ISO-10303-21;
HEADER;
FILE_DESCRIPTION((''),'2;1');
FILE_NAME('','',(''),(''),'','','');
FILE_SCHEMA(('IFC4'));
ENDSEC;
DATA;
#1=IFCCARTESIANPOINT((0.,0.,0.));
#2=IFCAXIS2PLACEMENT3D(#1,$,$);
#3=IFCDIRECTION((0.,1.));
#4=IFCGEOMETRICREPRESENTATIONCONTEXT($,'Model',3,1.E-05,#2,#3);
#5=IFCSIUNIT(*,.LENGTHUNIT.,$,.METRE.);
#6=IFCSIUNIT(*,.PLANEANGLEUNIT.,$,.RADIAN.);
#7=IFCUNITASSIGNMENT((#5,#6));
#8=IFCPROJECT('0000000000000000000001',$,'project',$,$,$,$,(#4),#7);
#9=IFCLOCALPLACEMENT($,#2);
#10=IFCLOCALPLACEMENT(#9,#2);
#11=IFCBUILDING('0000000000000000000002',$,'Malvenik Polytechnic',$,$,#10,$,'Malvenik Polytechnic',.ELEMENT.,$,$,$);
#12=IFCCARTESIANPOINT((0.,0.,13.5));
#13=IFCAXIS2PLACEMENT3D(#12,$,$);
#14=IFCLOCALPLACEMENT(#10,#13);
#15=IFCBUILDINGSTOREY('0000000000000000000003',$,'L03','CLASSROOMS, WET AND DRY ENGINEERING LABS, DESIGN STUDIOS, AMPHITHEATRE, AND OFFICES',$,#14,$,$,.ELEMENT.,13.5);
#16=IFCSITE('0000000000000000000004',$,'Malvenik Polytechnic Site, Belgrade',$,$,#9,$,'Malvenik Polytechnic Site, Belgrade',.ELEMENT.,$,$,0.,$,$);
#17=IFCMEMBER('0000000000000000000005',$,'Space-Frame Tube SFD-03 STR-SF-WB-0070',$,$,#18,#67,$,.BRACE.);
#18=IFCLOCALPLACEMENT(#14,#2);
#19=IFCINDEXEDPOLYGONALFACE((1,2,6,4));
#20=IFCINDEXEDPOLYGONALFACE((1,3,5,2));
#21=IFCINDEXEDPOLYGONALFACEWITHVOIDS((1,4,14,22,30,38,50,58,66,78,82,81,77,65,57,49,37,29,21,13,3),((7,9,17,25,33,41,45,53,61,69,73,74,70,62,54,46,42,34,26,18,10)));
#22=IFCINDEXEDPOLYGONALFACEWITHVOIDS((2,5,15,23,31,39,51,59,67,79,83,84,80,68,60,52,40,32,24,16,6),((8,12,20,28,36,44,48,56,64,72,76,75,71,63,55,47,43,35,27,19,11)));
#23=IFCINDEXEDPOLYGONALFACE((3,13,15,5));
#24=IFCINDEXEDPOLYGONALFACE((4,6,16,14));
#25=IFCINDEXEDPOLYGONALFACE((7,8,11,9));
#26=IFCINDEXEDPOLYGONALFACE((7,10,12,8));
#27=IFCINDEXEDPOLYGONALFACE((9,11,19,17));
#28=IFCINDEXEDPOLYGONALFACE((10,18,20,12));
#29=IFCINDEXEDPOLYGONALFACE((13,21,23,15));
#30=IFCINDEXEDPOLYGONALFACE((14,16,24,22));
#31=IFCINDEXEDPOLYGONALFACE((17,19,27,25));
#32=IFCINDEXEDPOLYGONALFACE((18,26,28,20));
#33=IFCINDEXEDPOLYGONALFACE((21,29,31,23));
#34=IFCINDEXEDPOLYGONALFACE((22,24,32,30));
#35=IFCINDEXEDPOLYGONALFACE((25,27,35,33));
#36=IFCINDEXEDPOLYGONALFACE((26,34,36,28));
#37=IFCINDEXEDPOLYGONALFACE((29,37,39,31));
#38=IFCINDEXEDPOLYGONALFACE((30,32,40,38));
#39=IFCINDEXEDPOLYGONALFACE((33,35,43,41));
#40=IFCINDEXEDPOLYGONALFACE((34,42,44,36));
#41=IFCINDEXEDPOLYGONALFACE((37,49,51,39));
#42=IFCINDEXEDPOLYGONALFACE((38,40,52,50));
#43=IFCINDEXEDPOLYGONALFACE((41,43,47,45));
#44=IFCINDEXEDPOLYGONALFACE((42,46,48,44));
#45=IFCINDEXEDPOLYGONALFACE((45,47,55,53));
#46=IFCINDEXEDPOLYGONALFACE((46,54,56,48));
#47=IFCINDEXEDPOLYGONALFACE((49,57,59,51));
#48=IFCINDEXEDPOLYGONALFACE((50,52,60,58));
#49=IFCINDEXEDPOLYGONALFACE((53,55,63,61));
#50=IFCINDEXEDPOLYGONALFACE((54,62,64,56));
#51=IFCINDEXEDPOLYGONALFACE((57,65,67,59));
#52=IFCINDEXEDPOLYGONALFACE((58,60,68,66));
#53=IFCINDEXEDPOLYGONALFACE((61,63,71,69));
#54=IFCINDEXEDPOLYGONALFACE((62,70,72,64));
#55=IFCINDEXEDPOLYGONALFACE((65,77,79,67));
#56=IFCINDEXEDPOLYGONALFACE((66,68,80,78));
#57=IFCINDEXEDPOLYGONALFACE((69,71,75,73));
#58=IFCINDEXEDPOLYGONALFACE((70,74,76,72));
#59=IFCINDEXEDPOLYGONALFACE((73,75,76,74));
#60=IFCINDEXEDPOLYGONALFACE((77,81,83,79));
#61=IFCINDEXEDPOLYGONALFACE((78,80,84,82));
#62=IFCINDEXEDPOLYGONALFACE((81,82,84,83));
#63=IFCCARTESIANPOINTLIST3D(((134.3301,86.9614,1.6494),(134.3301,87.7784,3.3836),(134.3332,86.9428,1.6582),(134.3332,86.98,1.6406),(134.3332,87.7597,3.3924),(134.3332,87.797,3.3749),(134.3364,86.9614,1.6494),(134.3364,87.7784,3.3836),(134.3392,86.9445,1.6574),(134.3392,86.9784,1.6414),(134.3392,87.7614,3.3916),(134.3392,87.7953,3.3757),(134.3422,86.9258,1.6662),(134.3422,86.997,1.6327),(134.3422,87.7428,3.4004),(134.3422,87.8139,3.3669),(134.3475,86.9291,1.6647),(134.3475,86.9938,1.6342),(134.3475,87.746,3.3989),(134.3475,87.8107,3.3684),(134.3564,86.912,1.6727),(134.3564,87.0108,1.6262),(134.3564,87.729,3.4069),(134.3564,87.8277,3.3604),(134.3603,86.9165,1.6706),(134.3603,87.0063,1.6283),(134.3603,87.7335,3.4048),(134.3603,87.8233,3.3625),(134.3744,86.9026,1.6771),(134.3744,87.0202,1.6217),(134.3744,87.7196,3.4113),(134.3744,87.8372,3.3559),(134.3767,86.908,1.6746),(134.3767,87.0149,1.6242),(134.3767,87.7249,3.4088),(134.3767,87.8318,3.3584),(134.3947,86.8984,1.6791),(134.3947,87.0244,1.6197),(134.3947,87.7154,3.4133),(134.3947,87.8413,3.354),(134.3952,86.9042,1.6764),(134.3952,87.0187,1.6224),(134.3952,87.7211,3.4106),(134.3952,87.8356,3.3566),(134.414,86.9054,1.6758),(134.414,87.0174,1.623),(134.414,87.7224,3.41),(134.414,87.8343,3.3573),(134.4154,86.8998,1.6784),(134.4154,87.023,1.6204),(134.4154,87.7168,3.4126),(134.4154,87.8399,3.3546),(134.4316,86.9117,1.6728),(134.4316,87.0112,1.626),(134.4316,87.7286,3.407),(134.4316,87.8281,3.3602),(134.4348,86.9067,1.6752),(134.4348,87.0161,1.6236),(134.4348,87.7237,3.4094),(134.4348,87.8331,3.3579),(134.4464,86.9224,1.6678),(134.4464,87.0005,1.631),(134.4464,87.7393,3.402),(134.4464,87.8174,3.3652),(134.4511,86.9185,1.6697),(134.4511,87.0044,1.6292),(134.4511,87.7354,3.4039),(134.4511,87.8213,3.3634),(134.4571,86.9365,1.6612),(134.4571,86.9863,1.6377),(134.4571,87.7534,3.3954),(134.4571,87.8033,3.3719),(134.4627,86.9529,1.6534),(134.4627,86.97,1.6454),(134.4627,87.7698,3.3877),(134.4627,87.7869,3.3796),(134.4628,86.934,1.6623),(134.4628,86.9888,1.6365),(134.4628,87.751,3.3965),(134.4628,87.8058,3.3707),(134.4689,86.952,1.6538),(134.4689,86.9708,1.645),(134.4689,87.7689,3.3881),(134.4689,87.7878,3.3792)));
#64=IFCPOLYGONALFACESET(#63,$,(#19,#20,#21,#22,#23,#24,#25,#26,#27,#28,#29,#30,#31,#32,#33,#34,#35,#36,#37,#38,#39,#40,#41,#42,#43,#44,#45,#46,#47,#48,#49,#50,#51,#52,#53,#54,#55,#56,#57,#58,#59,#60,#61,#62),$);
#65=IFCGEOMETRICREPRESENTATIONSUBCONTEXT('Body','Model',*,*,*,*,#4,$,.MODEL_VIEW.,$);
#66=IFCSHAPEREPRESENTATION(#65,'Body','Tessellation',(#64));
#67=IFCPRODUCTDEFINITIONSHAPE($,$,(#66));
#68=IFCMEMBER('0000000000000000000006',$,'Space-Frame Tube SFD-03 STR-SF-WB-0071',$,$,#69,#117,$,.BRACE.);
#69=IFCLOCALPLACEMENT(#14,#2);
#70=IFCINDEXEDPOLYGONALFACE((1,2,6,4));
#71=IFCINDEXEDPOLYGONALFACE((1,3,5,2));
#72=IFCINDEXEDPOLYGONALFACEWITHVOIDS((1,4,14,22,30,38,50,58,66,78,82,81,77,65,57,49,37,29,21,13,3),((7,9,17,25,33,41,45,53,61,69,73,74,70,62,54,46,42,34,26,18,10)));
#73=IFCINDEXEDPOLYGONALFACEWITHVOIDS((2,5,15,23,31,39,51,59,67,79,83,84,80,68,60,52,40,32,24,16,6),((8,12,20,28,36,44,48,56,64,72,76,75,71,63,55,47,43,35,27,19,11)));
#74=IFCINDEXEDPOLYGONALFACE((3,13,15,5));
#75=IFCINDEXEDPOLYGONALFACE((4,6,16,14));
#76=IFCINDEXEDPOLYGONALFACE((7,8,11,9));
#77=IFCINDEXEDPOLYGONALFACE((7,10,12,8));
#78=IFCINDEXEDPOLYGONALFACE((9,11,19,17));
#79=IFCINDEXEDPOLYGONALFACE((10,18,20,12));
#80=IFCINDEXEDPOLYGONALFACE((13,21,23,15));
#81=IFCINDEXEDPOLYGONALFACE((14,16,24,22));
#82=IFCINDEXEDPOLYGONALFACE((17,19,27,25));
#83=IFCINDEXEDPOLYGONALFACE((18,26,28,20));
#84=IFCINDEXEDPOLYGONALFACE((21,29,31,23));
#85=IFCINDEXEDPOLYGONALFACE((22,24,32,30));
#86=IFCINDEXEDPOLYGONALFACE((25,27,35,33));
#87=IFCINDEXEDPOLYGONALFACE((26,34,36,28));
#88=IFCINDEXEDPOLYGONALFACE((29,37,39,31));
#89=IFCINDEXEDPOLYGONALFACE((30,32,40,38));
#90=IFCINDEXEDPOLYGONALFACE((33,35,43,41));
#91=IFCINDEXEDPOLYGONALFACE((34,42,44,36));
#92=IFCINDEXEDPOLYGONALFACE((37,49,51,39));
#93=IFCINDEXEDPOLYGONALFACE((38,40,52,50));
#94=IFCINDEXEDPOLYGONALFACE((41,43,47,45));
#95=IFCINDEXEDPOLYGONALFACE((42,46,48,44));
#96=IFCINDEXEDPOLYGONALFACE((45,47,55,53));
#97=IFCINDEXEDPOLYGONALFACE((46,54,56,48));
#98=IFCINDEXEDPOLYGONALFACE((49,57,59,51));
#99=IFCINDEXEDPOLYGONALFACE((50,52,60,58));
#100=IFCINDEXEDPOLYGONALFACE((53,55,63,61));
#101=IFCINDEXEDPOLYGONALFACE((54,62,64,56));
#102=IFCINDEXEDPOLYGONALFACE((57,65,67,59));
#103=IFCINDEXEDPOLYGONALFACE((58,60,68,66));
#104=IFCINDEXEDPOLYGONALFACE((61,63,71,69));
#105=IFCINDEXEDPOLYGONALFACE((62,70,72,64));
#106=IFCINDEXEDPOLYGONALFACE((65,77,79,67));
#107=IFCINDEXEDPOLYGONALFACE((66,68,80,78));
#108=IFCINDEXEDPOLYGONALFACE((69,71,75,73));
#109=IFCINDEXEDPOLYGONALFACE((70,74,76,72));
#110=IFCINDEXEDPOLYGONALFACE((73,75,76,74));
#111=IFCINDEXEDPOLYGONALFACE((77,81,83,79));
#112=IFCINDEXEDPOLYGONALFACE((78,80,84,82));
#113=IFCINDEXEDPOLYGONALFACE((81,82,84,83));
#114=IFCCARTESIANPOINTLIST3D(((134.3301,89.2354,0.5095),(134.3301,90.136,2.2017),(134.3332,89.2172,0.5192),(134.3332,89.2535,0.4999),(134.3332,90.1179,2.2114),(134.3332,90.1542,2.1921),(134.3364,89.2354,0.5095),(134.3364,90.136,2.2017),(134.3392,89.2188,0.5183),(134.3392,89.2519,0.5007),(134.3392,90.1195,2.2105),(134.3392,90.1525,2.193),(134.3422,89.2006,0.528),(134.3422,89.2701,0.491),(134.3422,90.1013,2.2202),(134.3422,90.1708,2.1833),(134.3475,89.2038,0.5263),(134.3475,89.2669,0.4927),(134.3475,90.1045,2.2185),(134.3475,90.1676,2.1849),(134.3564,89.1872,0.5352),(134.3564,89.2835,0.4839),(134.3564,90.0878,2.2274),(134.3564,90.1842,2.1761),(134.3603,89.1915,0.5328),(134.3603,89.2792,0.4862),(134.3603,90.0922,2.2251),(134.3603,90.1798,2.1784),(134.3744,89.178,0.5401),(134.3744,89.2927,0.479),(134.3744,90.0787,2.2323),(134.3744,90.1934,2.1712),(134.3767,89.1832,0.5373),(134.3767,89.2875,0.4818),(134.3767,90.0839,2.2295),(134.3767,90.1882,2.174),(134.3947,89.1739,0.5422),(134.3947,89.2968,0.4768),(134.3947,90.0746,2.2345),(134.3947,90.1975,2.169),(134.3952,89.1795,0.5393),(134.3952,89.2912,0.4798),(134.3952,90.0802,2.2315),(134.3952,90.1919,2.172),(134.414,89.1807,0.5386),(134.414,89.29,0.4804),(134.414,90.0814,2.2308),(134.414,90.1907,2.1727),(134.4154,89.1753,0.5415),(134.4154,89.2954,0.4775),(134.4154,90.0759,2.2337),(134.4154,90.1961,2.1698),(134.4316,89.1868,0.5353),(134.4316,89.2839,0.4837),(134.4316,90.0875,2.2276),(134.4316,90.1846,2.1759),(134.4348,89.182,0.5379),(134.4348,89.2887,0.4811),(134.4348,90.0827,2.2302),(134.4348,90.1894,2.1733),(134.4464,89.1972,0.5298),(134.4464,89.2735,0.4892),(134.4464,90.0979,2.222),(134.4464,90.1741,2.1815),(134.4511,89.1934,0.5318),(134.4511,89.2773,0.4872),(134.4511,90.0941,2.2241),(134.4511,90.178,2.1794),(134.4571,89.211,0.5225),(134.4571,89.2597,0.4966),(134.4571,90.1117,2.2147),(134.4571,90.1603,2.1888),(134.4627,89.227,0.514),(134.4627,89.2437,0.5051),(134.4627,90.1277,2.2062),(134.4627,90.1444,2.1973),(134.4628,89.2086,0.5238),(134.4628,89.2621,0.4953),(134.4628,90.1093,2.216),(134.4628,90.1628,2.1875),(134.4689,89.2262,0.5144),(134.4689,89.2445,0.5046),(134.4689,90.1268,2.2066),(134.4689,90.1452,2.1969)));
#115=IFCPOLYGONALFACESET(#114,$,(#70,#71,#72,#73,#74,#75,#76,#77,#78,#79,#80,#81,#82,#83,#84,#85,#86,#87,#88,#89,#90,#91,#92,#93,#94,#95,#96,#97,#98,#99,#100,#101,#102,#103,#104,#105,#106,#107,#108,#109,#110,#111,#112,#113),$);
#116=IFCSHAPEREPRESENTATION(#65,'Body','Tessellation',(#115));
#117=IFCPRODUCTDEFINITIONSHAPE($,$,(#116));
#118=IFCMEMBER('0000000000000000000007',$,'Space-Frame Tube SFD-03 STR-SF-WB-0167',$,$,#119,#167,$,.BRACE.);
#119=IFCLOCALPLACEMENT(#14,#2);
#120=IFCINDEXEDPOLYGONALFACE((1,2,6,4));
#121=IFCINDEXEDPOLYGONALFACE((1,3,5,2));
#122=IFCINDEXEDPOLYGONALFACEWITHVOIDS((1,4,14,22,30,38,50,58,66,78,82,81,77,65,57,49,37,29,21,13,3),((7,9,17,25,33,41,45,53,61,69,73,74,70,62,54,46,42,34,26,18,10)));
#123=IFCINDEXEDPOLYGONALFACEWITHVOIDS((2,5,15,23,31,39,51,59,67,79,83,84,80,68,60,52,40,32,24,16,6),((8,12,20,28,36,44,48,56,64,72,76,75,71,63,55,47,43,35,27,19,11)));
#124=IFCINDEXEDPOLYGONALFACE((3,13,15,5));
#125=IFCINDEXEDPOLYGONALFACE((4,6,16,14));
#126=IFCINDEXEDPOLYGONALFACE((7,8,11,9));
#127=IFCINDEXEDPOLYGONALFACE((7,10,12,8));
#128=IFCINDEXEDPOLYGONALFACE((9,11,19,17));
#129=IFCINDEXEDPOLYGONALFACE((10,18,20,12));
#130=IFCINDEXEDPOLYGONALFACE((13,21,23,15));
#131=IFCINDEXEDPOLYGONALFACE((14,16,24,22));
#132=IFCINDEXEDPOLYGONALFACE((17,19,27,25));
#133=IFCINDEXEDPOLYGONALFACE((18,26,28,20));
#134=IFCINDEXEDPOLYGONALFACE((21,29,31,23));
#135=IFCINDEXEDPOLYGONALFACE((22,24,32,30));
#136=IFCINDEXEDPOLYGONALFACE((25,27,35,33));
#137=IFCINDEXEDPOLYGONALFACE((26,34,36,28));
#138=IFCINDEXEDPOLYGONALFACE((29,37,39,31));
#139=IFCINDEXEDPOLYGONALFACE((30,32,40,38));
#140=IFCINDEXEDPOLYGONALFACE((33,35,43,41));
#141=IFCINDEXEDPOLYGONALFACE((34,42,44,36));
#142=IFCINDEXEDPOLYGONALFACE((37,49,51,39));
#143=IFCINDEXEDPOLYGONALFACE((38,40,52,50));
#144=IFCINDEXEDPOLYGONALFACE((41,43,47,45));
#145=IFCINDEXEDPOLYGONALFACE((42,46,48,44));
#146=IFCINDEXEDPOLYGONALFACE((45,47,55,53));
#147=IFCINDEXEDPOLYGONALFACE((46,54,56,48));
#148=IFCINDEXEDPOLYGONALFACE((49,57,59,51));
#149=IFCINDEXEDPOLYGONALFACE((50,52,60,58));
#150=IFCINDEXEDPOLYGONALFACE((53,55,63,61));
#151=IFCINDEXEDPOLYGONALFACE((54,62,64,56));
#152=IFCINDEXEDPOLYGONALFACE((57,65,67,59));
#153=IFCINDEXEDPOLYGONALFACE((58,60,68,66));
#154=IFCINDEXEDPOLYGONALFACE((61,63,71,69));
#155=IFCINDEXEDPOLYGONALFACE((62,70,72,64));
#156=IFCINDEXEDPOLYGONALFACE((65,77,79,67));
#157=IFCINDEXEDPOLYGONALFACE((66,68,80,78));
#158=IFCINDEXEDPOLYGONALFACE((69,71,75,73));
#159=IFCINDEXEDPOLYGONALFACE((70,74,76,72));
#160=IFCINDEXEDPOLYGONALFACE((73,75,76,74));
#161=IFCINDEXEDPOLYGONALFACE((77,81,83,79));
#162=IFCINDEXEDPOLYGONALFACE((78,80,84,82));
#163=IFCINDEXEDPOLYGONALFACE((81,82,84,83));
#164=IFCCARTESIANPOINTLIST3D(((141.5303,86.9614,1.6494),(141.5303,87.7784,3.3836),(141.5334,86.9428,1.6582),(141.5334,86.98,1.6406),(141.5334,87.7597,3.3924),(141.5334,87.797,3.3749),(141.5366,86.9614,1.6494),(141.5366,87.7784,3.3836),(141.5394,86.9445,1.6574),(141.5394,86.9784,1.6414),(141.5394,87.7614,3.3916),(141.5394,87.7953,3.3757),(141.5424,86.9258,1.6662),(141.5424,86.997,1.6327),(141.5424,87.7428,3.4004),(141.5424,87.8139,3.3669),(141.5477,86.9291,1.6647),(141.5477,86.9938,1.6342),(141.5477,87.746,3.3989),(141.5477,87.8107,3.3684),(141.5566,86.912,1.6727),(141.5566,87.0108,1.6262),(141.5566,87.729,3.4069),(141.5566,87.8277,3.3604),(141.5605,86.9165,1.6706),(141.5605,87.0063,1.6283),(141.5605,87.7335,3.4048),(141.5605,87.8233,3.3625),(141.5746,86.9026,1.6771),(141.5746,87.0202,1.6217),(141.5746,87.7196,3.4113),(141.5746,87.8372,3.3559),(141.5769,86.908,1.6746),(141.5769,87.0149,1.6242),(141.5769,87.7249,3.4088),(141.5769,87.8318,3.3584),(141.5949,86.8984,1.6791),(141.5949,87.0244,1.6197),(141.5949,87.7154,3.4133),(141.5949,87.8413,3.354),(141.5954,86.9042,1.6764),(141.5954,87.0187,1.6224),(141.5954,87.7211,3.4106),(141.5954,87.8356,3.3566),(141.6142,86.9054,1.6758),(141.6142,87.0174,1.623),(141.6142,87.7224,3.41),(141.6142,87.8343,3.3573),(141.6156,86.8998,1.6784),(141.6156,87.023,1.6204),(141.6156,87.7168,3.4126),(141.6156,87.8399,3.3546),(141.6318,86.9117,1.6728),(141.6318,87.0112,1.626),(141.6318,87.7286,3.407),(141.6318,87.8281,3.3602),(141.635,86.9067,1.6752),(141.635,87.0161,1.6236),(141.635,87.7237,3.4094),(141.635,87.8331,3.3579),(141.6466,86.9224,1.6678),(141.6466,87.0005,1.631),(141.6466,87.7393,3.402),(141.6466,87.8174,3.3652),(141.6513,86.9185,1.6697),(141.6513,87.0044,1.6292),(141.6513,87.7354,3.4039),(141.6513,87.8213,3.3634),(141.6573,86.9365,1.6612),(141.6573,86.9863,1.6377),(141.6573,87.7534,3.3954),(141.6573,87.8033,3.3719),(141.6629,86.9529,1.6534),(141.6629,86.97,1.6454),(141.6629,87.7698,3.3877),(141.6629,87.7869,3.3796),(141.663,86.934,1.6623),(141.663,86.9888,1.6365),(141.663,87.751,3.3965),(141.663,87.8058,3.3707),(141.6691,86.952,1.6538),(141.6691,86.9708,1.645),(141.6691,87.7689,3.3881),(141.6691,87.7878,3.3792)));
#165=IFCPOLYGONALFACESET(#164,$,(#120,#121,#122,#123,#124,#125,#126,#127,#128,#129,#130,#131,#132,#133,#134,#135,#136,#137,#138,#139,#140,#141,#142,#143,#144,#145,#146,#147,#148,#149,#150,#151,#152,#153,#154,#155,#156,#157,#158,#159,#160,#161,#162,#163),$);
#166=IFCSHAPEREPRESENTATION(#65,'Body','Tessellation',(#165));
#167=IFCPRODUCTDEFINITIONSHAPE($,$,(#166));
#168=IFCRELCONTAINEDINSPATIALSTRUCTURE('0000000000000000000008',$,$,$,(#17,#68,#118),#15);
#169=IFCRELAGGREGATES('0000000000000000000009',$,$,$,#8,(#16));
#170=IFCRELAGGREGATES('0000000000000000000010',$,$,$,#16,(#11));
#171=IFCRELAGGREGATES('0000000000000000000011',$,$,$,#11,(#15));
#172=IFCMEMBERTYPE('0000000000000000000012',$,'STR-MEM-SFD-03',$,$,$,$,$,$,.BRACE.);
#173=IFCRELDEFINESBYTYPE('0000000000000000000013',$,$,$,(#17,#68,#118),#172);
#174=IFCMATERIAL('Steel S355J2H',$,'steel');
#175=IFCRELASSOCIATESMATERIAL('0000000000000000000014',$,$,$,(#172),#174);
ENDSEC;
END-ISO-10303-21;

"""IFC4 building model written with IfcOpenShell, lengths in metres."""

from ifc_helpers import new_model, si_unit, direction, frame, origin, origin_2d, place, context, subcontext, project, spatial, hollow_circle, extrude, material, material_profile, profile_set, type_object, element, save


model = new_model("IFC4")

# Units and contexts
model_context = context("Model", 3, precision=1e-05, world=origin(), true_north=direction((0.0, 1.0)))
body_context = subcontext(model_context, "Body", "Model", "MODEL_VIEW")
ifc_project = project(units=[si_unit("LENGTHUNIT", "METRE"), si_unit("PLANEANGLEUNIT", "RADIAN")], contexts=[model_context])

# Site, building, storey
site_placement = place(None, origin())
site = spatial("IfcSite", under=ifc_project, at=site_placement, Name="Malvenik Polytechnic Site, Belgrade", LongName="Malvenik Polytechnic Site, Belgrade", CompositionType="ELEMENT", RefElevation=0.0)
building_placement = place(site_placement, origin())
building = spatial("IfcBuilding", under=site, at=building_placement, Name="Malvenik Polytechnic", LongName="Malvenik Polytechnic", CompositionType="ELEMENT")
storey_placement = place(building_placement, frame((0.0, 0.0, 13.5)))
storey = spatial("IfcBuildingStorey", under=building, at=storey_placement, Name="L03", Description="CLASSROOMS, WET AND DRY ENGINEERING LABS, DESIGN STUDIOS, AMPHITHEATRE, AND OFFICES", CompositionType="ELEMENT", Elevation=13.5)

# Members
ifc_material_1 = material(Name="Steel S355J2H", Category="steel")
ifc_material_profile_1 = material_profile(ifc_material_1, hollow_circle(Radius=0.0698, WallThickness=0.0063, at=origin_2d()), Name="CHS 139.7x6.3")
ifc_profile_set_1 = profile_set([ifc_material_profile_1], Name="Steel S355J2H")
member_type_1 = type_object("IfcMemberType", Name="STR-MEM-SFD-03", PredefinedType="BRACE", material=ifc_profile_set_1)
for number, where, z_axis, x_axis, name in (
    (1, (134.3999, 86.9614, 1.6494), (0.0, 0.426153, 0.904651), (-1.0, 0.0, 0.0), "Space-Frame Tube SFD-03 STR-SF-WB-0070"),
    (2, (134.3999, 89.2354, 0.5095), (0.0, 0.469841, 0.882751), (-1.0, 0.0, 0.0), "Space-Frame Tube SFD-03 STR-SF-WB-0071"),
    (3, (141.6001, 86.9614, 1.6494), (0.0, 0.426153, 0.904651), (-1.0, 0.0, 0.0), "Space-Frame Tube SFD-03 STR-SF-WB-0167"),
):
    element("IfcMember", number, at=place(storey_placement, frame(where, z_axis=z_axis, x_axis=x_axis)), inside=storey, type_object=member_type_1, Name=name, PredefinedType="BRACE", context=body_context, shape_type="SweptSolid", body=[
        extrude(hollow_circle(Radius=0.0698, WallThickness=0.0063, at=origin_2d()), origin(), (0.0, 0.0, 1.0), 1.917),
    ])

save(model, "model.ifc")
